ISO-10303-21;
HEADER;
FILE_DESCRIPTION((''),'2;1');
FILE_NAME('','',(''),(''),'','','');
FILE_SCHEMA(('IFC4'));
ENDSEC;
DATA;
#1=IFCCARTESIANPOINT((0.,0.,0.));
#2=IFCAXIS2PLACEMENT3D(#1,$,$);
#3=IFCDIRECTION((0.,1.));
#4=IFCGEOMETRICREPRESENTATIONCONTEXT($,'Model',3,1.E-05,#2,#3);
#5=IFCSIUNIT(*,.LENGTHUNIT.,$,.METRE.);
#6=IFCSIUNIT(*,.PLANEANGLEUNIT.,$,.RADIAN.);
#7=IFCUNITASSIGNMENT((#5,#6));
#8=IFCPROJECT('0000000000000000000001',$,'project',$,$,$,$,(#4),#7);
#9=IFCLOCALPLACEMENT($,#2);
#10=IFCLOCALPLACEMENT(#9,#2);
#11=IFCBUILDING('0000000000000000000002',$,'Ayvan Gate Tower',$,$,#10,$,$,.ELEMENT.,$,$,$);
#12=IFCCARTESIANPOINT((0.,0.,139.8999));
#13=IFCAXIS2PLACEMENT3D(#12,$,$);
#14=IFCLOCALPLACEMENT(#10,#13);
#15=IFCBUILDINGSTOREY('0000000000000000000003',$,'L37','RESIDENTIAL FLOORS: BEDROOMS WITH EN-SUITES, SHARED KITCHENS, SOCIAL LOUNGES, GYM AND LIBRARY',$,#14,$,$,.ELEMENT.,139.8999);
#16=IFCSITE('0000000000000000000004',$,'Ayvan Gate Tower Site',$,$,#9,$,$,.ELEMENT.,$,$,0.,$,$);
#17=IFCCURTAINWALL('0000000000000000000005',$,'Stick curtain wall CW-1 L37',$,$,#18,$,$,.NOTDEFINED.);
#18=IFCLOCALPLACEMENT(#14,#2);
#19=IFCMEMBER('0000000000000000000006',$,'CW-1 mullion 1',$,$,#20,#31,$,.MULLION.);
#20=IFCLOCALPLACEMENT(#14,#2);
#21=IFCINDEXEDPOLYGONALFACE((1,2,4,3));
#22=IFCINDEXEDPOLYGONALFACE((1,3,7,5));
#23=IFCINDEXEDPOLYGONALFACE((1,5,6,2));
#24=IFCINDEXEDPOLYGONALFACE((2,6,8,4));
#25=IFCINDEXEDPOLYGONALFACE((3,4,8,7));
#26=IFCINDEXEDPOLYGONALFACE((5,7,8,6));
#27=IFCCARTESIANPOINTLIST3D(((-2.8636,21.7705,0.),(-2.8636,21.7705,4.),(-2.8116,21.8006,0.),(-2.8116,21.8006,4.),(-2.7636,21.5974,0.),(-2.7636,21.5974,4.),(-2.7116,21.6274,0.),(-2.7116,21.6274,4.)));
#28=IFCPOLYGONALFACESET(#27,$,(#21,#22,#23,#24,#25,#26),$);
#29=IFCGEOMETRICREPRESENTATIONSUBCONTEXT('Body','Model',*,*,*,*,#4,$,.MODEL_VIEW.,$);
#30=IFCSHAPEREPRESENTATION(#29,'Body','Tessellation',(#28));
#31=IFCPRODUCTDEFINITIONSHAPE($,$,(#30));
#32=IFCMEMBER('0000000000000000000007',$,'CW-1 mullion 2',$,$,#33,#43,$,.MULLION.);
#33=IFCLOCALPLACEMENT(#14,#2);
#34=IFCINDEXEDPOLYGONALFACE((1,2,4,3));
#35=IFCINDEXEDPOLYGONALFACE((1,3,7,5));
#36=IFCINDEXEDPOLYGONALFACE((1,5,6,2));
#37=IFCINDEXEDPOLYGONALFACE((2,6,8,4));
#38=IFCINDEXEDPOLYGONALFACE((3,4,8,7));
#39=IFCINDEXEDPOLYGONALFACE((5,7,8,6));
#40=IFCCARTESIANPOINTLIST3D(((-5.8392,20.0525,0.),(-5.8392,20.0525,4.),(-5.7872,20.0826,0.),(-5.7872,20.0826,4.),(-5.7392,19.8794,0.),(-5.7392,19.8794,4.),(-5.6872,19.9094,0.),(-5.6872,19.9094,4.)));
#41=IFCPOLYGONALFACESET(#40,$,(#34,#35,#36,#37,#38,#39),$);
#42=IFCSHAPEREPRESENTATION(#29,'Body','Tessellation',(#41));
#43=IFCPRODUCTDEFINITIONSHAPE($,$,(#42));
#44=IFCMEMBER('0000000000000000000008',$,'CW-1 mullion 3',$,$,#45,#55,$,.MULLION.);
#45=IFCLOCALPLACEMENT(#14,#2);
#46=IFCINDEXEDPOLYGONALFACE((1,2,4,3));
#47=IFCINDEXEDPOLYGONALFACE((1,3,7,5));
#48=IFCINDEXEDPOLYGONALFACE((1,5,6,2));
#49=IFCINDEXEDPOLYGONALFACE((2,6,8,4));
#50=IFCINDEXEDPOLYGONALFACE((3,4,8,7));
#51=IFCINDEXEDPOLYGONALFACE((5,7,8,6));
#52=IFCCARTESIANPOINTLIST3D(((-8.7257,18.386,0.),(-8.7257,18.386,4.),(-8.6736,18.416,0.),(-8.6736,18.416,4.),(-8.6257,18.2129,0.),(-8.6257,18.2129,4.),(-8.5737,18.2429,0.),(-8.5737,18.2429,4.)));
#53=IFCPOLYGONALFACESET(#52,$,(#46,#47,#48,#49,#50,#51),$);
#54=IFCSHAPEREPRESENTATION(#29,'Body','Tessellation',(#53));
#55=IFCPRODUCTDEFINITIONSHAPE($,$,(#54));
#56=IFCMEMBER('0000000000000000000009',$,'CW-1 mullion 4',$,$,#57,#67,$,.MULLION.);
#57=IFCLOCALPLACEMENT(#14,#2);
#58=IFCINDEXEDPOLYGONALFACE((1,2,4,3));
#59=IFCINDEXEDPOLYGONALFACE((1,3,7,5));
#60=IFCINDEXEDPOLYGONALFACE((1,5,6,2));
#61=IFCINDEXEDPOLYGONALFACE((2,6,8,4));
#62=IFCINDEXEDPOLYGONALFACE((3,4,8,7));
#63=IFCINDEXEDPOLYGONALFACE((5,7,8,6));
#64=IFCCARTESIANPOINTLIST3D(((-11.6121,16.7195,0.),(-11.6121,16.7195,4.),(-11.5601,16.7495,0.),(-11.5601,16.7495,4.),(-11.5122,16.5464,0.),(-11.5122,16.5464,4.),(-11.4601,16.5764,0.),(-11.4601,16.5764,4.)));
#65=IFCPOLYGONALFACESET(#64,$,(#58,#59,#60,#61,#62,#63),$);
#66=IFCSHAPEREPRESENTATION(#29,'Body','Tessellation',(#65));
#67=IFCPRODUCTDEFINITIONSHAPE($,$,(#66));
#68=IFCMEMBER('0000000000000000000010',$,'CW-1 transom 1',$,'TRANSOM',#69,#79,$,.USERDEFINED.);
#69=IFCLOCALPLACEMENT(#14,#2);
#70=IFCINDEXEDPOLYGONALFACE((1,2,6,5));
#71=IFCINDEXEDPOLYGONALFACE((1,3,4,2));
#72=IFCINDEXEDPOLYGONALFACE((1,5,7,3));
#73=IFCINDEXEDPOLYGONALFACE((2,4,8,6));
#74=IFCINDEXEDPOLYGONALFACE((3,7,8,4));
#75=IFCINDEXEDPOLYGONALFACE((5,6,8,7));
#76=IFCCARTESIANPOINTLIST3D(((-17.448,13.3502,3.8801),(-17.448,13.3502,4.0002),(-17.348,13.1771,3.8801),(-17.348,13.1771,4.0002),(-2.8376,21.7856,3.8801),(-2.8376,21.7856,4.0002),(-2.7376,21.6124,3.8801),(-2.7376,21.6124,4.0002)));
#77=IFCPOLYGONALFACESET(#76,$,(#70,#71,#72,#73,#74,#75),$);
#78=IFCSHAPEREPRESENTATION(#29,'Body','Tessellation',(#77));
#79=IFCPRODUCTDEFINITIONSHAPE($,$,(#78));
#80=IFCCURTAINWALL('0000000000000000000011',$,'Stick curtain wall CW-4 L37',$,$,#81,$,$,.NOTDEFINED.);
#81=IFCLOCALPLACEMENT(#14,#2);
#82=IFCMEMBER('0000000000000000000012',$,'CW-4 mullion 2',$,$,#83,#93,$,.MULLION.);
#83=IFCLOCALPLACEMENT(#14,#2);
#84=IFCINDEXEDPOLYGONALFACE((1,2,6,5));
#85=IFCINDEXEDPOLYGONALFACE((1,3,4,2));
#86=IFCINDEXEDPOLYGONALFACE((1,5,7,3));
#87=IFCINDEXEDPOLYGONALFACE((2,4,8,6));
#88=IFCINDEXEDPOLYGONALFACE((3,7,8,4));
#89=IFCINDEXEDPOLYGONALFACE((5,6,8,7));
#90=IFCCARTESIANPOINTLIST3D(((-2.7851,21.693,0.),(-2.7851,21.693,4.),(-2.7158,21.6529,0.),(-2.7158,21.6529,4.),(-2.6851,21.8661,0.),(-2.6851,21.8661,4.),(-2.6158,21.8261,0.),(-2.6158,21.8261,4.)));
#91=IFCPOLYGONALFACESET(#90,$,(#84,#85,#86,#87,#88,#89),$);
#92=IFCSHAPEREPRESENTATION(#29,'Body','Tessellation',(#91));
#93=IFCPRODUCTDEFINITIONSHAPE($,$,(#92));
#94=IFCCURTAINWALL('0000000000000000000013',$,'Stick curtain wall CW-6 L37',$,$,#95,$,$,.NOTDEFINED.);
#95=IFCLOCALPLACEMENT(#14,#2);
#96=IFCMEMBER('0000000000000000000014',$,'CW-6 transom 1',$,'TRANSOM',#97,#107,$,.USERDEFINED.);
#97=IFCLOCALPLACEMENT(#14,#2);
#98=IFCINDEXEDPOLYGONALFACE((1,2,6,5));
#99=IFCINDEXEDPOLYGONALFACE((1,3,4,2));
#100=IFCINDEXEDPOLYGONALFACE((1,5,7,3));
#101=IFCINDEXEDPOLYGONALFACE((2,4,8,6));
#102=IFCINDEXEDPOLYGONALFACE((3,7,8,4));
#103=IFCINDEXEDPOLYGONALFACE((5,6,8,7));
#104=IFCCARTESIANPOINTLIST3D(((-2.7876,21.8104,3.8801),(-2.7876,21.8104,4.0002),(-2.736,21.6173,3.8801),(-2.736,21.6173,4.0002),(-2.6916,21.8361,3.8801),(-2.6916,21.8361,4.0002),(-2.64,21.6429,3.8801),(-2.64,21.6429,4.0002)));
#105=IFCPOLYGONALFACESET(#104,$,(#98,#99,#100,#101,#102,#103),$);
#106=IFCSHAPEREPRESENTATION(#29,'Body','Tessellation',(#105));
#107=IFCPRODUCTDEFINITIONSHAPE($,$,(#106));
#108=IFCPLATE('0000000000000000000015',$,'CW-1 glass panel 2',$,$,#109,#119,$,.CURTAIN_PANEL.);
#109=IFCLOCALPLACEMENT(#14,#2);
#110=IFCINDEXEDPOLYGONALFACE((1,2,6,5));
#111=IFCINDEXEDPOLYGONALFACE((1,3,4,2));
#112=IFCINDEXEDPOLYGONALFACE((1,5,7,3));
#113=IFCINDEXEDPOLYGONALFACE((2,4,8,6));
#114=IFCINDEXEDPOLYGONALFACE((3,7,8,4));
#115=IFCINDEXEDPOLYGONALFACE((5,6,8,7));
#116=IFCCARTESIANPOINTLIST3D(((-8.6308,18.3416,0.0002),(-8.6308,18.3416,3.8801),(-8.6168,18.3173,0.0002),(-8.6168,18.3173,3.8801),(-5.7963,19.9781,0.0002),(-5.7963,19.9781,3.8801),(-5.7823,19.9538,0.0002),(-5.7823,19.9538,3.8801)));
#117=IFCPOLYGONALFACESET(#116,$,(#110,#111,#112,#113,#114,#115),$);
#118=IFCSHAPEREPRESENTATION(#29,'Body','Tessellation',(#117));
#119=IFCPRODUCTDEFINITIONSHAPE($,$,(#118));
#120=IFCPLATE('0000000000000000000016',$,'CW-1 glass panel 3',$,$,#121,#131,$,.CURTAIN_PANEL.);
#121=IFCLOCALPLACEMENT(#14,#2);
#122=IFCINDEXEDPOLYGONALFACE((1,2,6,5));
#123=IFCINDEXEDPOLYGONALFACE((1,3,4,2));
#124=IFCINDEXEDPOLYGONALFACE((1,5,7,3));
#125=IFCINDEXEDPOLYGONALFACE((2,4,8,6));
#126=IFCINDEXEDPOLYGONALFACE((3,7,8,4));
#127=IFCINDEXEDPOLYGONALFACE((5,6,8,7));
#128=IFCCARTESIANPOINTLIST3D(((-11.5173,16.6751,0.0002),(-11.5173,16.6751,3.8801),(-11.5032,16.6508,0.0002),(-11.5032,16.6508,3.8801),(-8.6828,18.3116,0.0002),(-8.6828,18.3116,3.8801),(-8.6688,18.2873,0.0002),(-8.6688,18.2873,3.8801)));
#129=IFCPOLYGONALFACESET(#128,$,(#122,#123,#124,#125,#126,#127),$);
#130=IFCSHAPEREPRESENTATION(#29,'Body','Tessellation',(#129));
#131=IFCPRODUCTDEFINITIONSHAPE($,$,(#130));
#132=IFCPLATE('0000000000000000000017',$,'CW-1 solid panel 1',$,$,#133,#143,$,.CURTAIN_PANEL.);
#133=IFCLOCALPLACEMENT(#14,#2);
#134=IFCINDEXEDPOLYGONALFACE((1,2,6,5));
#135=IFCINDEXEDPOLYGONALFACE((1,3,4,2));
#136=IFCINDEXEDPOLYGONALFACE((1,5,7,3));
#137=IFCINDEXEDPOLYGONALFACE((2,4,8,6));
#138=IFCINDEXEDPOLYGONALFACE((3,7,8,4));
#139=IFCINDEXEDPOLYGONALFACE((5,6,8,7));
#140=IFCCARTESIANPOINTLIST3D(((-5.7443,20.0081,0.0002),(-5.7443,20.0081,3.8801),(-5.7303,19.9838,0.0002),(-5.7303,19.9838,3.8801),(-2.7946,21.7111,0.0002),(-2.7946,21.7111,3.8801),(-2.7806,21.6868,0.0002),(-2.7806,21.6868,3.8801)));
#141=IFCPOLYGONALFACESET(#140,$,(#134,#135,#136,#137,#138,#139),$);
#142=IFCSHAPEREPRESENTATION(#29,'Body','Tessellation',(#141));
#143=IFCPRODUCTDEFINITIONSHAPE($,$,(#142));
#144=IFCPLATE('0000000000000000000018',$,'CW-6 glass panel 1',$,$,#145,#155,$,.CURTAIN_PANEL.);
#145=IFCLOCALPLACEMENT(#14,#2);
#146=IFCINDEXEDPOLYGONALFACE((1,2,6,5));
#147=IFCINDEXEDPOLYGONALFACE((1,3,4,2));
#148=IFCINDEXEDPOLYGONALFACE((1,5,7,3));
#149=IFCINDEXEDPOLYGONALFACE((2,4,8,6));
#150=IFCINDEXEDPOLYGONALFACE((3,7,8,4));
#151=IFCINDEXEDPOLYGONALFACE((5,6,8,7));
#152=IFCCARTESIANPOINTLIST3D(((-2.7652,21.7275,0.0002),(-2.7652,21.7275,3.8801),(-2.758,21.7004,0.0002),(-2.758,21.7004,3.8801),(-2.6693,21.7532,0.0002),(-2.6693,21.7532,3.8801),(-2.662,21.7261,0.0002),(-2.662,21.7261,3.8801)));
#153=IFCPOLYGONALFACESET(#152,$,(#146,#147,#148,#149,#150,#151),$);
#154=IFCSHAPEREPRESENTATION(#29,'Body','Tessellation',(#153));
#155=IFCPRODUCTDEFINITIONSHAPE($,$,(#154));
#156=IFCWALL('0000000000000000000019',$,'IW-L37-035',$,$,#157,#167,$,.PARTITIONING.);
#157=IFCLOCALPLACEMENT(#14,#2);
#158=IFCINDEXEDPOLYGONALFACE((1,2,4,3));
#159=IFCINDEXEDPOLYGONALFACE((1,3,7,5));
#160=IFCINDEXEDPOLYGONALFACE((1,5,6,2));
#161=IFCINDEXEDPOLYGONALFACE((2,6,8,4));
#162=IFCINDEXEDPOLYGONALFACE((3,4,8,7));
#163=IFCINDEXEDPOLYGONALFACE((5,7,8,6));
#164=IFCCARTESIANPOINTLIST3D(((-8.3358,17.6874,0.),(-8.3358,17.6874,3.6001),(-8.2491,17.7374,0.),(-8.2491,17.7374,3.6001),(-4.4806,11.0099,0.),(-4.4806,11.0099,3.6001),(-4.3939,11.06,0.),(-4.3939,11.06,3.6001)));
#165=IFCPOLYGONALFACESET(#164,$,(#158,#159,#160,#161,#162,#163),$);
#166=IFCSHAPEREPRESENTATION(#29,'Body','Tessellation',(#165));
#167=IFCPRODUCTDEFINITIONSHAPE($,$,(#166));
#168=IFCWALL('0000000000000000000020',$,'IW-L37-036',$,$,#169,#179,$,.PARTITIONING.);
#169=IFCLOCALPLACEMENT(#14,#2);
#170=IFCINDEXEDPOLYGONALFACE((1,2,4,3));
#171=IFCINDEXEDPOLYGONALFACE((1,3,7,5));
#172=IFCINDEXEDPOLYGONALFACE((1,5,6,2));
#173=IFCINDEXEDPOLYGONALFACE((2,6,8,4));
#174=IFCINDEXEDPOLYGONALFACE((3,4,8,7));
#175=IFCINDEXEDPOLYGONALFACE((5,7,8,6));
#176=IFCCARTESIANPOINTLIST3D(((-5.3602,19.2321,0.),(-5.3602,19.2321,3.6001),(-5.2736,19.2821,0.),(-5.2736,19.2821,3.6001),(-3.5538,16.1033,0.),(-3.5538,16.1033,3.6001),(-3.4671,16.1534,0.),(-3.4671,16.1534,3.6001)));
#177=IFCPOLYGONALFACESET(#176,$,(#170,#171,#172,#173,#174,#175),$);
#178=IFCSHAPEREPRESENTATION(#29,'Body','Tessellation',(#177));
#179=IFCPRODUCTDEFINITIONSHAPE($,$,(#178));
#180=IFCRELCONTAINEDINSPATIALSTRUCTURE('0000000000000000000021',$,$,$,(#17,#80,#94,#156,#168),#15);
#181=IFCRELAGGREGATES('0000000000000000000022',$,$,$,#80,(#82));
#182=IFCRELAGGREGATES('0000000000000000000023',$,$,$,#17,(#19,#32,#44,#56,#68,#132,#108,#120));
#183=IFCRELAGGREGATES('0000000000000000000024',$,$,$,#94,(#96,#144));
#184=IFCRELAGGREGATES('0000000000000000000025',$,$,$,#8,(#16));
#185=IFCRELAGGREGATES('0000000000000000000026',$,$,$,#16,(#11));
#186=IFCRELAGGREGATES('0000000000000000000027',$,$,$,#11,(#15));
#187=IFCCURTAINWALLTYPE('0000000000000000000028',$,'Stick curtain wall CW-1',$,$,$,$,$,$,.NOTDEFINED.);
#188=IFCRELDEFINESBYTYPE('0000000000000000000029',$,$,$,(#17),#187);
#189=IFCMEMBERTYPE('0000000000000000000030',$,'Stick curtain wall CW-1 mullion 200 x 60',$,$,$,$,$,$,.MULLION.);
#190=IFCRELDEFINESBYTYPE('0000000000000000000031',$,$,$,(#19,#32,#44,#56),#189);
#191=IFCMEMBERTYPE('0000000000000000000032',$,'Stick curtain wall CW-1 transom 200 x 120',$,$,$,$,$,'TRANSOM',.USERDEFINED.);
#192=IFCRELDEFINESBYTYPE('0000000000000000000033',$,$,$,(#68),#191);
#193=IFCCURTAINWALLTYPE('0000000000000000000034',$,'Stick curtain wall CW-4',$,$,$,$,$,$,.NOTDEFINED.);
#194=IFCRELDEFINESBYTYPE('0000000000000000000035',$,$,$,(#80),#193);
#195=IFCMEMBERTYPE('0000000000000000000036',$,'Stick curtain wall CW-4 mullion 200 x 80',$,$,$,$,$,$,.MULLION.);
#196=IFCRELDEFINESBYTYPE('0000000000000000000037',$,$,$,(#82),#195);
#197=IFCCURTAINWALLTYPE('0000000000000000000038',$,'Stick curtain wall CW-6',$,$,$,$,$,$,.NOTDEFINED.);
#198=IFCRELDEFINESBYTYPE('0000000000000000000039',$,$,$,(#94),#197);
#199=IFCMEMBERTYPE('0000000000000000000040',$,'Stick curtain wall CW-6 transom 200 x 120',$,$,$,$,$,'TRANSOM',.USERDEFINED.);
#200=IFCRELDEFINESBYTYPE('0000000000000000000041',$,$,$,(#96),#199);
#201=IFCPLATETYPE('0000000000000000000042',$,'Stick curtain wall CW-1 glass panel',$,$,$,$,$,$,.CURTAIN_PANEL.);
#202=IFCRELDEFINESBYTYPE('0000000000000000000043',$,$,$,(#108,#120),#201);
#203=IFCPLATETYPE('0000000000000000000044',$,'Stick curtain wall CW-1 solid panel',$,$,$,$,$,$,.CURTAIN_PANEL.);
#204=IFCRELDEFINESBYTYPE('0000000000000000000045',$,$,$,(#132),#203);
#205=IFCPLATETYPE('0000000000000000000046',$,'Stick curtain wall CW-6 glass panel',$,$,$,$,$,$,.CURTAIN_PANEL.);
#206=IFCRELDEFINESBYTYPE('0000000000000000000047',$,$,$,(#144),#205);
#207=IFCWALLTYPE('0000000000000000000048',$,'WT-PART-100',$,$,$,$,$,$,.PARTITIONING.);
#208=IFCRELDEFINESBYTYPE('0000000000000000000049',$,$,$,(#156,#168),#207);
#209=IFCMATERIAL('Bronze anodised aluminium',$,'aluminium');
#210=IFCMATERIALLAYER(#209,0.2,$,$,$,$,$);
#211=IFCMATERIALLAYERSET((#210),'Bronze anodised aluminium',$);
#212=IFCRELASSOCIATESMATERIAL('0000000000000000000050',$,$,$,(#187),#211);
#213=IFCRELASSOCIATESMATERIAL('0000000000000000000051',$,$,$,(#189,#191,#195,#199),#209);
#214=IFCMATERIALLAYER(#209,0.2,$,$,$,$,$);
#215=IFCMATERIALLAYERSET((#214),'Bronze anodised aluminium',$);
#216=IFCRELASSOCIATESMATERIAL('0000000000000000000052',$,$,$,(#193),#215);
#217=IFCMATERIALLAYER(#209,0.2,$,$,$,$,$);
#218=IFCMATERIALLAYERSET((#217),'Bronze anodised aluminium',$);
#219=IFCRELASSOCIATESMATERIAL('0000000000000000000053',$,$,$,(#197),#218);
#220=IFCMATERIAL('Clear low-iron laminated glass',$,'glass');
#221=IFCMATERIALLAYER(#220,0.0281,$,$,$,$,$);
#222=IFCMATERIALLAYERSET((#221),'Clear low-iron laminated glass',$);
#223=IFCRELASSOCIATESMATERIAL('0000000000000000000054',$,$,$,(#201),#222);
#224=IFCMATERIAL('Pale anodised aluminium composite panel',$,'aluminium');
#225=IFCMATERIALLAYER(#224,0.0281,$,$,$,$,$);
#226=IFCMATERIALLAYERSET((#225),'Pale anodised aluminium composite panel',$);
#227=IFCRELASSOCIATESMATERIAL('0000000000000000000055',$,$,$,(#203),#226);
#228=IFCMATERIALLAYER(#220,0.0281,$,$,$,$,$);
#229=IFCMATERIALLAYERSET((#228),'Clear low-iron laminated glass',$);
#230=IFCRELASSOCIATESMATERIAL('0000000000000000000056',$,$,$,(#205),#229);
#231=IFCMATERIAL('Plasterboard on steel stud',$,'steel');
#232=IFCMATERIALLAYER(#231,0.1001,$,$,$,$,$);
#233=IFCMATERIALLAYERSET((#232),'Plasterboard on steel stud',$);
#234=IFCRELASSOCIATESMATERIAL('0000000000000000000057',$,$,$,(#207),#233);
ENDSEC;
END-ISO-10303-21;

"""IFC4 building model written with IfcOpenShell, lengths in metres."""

from ifc_helpers import new_model, si_unit, direction, frame, frame_2d, origin, origin_2d, place, context, subcontext, project, spatial, rectangle, extrude, material, layer, layer_set, material_profile, profile_set, type_object, element, aggregate, save


model = new_model("IFC4")

# Units and contexts
model_context = context("Model", 3, precision=1e-05, world=origin(), true_north=direction((0.0, 1.0)))
body_context = subcontext(model_context, "Body", "Model", "MODEL_VIEW")
ifc_project = project(units=[si_unit("LENGTHUNIT", "METRE"), si_unit("PLANEANGLEUNIT", "RADIAN")], contexts=[model_context])

# Site, building, storey
site_placement = place(None, origin())
site = spatial("IfcSite", under=ifc_project, at=site_placement, Name="Ayvan Gate Tower Site", CompositionType="ELEMENT", RefElevation=0.0)
building_placement = place(site_placement, origin())
building = spatial("IfcBuilding", under=site, at=building_placement, Name="Ayvan Gate Tower", CompositionType="ELEMENT")
storey_placement = place(building_placement, frame((0.0, 0.0, 139.8999)))
storey = spatial("IfcBuildingStorey", under=building, at=storey_placement, Name="L37", Description="RESIDENTIAL FLOORS: BEDROOMS WITH EN-SUITES, SHARED KITCHENS, SOCIAL LOUNGES, GYM AND LIBRARY", CompositionType="ELEMENT", Elevation=139.8999)

# Curtain wall, members
ifc_material_1 = material(Name="Bronze anodised aluminium", Category="aluminium")
ifc_layer_1 = layer(ifc_material_1, 0.2)
ifc_layer_set_1 = layer_set([ifc_layer_1], Name="Bronze anodised aluminium")
curtain_wall_type_1 = type_object("IfcCurtainWallType", Name="Stick curtain wall CW-1", PredefinedType="NOTDEFINED", material=ifc_layer_set_1)
curtain_wall_1_placement = place(storey_placement, origin())
curtain_wall_1 = element("IfcCurtainWall", 1, at=curtain_wall_1_placement, inside=storey, type_object=curtain_wall_type_1, Name="Stick curtain wall CW-1 L37", PredefinedType="NOTDEFINED")
ifc_material_profile_1 = material_profile(ifc_material_1, rectangle(XDim=0.2, YDim=0.0601, at=origin_2d()), Name="Stick curtain wall CW-1 mullion 200 x 60")
ifc_profile_set_1 = profile_set([ifc_material_profile_1], Name="Bronze anodised aluminium")
member_type_1 = type_object("IfcMemberType", Name="Stick curtain wall CW-1 mullion 200 x 60", PredefinedType="MULLION", material=ifc_profile_set_1)
member_1_placement = place(storey_placement, frame((-2.7876, 21.699, 0.0), z_axis=(0.0, 0.0, 1.0), x_axis=(-0.5, 0.866025, 0.0)))
member_1 = element("IfcMember", 2, at=member_1_placement, type_object=member_type_1, Name="CW-1 mullion 1", PredefinedType="MULLION", context=body_context, shape_type="SweptSolid", body=[
    extrude(rectangle(XDim=0.2, YDim=0.0601, at=origin_2d()), origin(), (0.0, 0.0, 1.0), 4.0),
])
member_2_placement = place(storey_placement, frame((-5.7632, 19.981, 0.0), z_axis=(0.0, 0.0, 1.0), x_axis=(-0.5, 0.866025, 0.0)))
member_2 = element("IfcMember", 3, at=member_2_placement, type_object=member_type_1, Name="CW-1 mullion 2", PredefinedType="MULLION", context=body_context, shape_type="SweptSolid", body=[
    extrude(rectangle(XDim=0.2, YDim=0.0601, at=origin_2d()), origin(), (0.0, 0.0, 1.0), 4.0),
])
member_3_placement = place(storey_placement, frame((-8.6497, 18.3145, 0.0), z_axis=(0.0, 0.0, 1.0), x_axis=(-0.5, 0.866025, 0.0)))
member_3 = element("IfcMember", 4, at=member_3_placement, type_object=member_type_1, Name="CW-1 mullion 3", PredefinedType="MULLION", context=body_context, shape_type="SweptSolid", body=[
    extrude(rectangle(XDim=0.2, YDim=0.0601, at=origin_2d()), origin(), (0.0, 0.0, 1.0), 4.0),
])
member_4_placement = place(storey_placement, frame((-11.5361, 16.6479, 0.0), z_axis=(0.0, 0.0, 1.0), x_axis=(-0.5, 0.866025, 0.0)))
member_4 = element("IfcMember", 5, at=member_4_placement, type_object=member_type_1, Name="CW-1 mullion 4", PredefinedType="MULLION", context=body_context, shape_type="SweptSolid", body=[
    extrude(rectangle(XDim=0.2, YDim=0.0601, at=origin_2d()), origin(), (0.0, 0.0, 1.0), 4.0),
])
ifc_material_profile_2 = material_profile(ifc_material_1, rectangle(XDim=0.2, YDim=0.1201, at=origin_2d()), Name="Stick curtain wall CW-1 transom 200 x 120")
ifc_profile_set_2 = profile_set([ifc_material_profile_2], Name="Bronze anodised aluminium")
member_type_2 = type_object("IfcMemberType", Name="Stick curtain wall CW-1 transom 200 x 120", ElementType="TRANSOM", PredefinedType="USERDEFINED", material=ifc_profile_set_2)
member_5_placement = place(storey_placement, frame((-2.7876, 21.699, 3.9402), z_axis=(-0.866025, -0.500001, 0.0), x_axis=(0.500001, -0.866025, 0.0)))
member_5 = element("IfcMember", 6, at=member_5_placement, type_object=member_type_2, Name="CW-1 transom 1", ObjectType="TRANSOM", PredefinedType="USERDEFINED", context=body_context, shape_type="SweptSolid", body=[
    extrude(rectangle(XDim=0.2, YDim=0.1201, at=origin_2d()), origin(), (0.0, 0.0, 1.0), 16.8706),
])

# Curtain walls, members
ifc_layer_2 = layer(ifc_material_1, 0.2)
ifc_layer_set_2 = layer_set([ifc_layer_2], Name="Bronze anodised aluminium")
curtain_wall_type_2 = type_object("IfcCurtainWallType", Name="Stick curtain wall CW-4", PredefinedType="NOTDEFINED", material=ifc_layer_set_2)
curtain_wall_2_placement = place(storey_placement, origin())
curtain_wall_2 = element("IfcCurtainWall", 7, at=curtain_wall_2_placement, inside=storey, type_object=curtain_wall_type_2, Name="Stick curtain wall CW-4 L37", PredefinedType="NOTDEFINED")
ifc_material_profile_3 = material_profile(ifc_material_1, rectangle(XDim=0.2, YDim=0.0801, at=origin_2d()), Name="Stick curtain wall CW-4 mullion 200 x 80")
ifc_profile_set_3 = profile_set([ifc_material_profile_3], Name="Bronze anodised aluminium")
member_type_3 = type_object("IfcMemberType", Name="Stick curtain wall CW-4 mullion 200 x 80", PredefinedType="MULLION", material=ifc_profile_set_3)
member_6_placement = place(storey_placement, frame((-2.7004, 21.7595, 0.0), z_axis=(0.0, 0.0, 1.0), x_axis=(-0.5, -0.866025, 0.0)))
member_6 = element("IfcMember", 8, at=member_6_placement, type_object=member_type_3, Name="CW-4 mullion 2", PredefinedType="MULLION", context=body_context, shape_type="SweptSolid", body=[
    extrude(rectangle(XDim=0.2, YDim=0.0801, at=origin_2d()), origin(), (0.0, 0.0, 1.0), 4.0),
])
aggregate(curtain_wall_2, [member_6])
ifc_layer_3 = layer(ifc_material_1, 0.2)
ifc_layer_set_3 = layer_set([ifc_layer_3], Name="Bronze anodised aluminium")
curtain_wall_type_3 = type_object("IfcCurtainWallType", Name="Stick curtain wall CW-6", PredefinedType="NOTDEFINED", material=ifc_layer_set_3)
curtain_wall_3_placement = place(storey_placement, origin())
curtain_wall_3 = element("IfcCurtainWall", 9, at=curtain_wall_3_placement, inside=storey, type_object=curtain_wall_type_3, Name="Stick curtain wall CW-6 L37", PredefinedType="NOTDEFINED")
ifc_material_profile_4 = material_profile(ifc_material_1, rectangle(XDim=0.2, YDim=0.1201, at=origin_2d()), Name="Stick curtain wall CW-6 transom 200 x 120")
ifc_profile_set_4 = profile_set([ifc_material_profile_4], Name="Bronze anodised aluminium")
member_type_4 = type_object("IfcMemberType", Name="Stick curtain wall CW-6 transom 200 x 120", ElementType="TRANSOM", PredefinedType="USERDEFINED", material=ifc_profile_set_4)
member_7_placement = place(storey_placement, frame((-2.6658, 21.7395, 3.9402), z_axis=(-0.966112, -0.258122, 0.0), x_axis=(0.258122, -0.966112, 0.0)))
member_7 = element("IfcMember", 10, at=member_7_placement, type_object=member_type_4, Name="CW-6 transom 1", ObjectType="TRANSOM", PredefinedType="USERDEFINED", context=body_context, shape_type="SweptSolid", body=[
    extrude(rectangle(XDim=0.2, YDim=0.1201, at=origin_2d()), origin(), (0.0, 0.0, 1.0), 0.0994),
])

# Plates
ifc_material_2 = material(Name="Clear low-iron laminated glass", Category="glass")
ifc_layer_4 = layer(ifc_material_2, 0.0281)
ifc_layer_set_4 = layer_set([ifc_layer_4], Name="Clear low-iron laminated glass")
plate_type_1 = type_object("IfcPlateType", Name="Stick curtain wall CW-1 glass panel", PredefinedType="CURTAIN_PANEL", material=ifc_layer_set_4)
plate_1_placement = place(storey_placement, frame((-7.2065, 19.1477, 0.0002), z_axis=(0.0, 0.0, 1.0), x_axis=(-0.866025, -0.5, 0.0)))
plate_1 = element("IfcPlate", 11, at=plate_1_placement, type_object=plate_type_1, Name="CW-1 glass panel 2", PredefinedType="CURTAIN_PANEL", context=body_context, shape_type="SweptSolid", body=[
    extrude(rectangle(XDim=3.2729, YDim=0.0281, at=origin_2d()), origin(), (0.0, 0.0, 1.0), 3.8799),
])
plate_2_placement = place(storey_placement, frame((-10.093, 17.4812, 0.0002), z_axis=(0.0, 0.0, 1.0), x_axis=(-0.866025, -0.5, 0.0)))
plate_2 = element("IfcPlate", 12, at=plate_2_placement, type_object=plate_type_1, Name="CW-1 glass panel 3", PredefinedType="CURTAIN_PANEL", context=body_context, shape_type="SweptSolid", body=[
    extrude(rectangle(XDim=3.2729, YDim=0.0281, at=origin_2d()), origin(), (0.0, 0.0, 1.0), 3.8799),
])
ifc_material_3 = material(Name="Pale anodised aluminium composite panel", Category="aluminium")
ifc_layer_5 = layer(ifc_material_3, 0.0281)
ifc_layer_set_5 = layer_set([ifc_layer_5], Name="Pale anodised aluminium composite panel")
plate_type_2 = type_object("IfcPlateType", Name="Stick curtain wall CW-1 solid panel", PredefinedType="CURTAIN_PANEL", material=ifc_layer_set_5)
plate_3_placement = place(storey_placement, frame((-4.2625, 20.8474, 0.0002), z_axis=(0.0, 0.0, 1.0), x_axis=(-0.866025, -0.5, 0.0)))
plate_3 = element("IfcPlate", 13, at=plate_3_placement, type_object=plate_type_2, Name="CW-1 solid panel 1", PredefinedType="CURTAIN_PANEL", context=body_context, shape_type="SweptSolid", body=[
    extrude(rectangle(XDim=3.406, YDim=0.0281, at=origin_2d()), origin(), (0.0, 0.0, 1.0), 3.8799),
])
aggregate(curtain_wall_1, [member_1, member_2, member_3, member_4, member_5, plate_3, plate_1, plate_2])
ifc_layer_6 = layer(ifc_material_2, 0.0281)
ifc_layer_set_6 = layer_set([ifc_layer_6], Name="Clear low-iron laminated glass")
plate_type_3 = type_object("IfcPlateType", Name="Stick curtain wall CW-6 glass panel", PredefinedType="CURTAIN_PANEL", material=ifc_layer_set_6)
plate_4_placement = place(storey_placement, frame((-2.7136, 21.7268, 0.0002), z_axis=(0.0, 0.0, 1.0), x_axis=(-0.965926, -0.258819, 0.0)))
plate_4 = element("IfcPlate", 14, at=plate_4_placement, type_object=plate_type_3, Name="CW-6 glass panel 1", PredefinedType="CURTAIN_PANEL", context=body_context, shape_type="SweptSolid", body=[
    extrude(rectangle(XDim=0.0994, YDim=0.0281, at=origin_2d()), origin(), (0.0, 0.0, 1.0), 3.8799),
])
aggregate(curtain_wall_3, [member_7, plate_4])

# Walls
ifc_material_4 = material(Name="Plasterboard on steel stud", Category="steel")
ifc_layer_7 = layer(ifc_material_4, 0.1001)
ifc_layer_set_7 = layer_set([ifc_layer_7], Name="Plasterboard on steel stud")
wall_type = type_object("IfcWallType", Name="WT-PART-100", PredefinedType="PARTITIONING", material=ifc_layer_set_7)
wall_1_placement = place(storey_placement, frame((-8.2925, 17.7124, 0.0), z_axis=(0.0, 0.0, 1.0), x_axis=(0.499997, -0.866027, 0.0)))
element("IfcWall", 15, at=wall_1_placement, inside=storey, type_object=wall_type, Name="IW-L37-035", PredefinedType="PARTITIONING", context=body_context, shape_type="SweptSolid", body=[
    extrude(rectangle(XDim=7.7104, YDim=0.1001, at=frame_2d((3.8552, 0.0))), origin(), (0.0, 0.0, 1.0), 3.6001),
])
wall_2_placement = place(storey_placement, frame((-5.3169, 19.2571, 0.0), z_axis=(0.0, 0.0, 1.0), x_axis=(0.500013, -0.866018, 0.0)))
element("IfcWall", 16, at=wall_2_placement, inside=storey, type_object=wall_type, Name="IW-L37-036", PredefinedType="PARTITIONING", context=body_context, shape_type="SweptSolid", body=[
    extrude(rectangle(XDim=3.6128, YDim=0.1001, at=frame_2d((1.8064, 0.0))), origin(), (0.0, 0.0, 1.0), 3.6001),
])

save(model, "model.ifc")
